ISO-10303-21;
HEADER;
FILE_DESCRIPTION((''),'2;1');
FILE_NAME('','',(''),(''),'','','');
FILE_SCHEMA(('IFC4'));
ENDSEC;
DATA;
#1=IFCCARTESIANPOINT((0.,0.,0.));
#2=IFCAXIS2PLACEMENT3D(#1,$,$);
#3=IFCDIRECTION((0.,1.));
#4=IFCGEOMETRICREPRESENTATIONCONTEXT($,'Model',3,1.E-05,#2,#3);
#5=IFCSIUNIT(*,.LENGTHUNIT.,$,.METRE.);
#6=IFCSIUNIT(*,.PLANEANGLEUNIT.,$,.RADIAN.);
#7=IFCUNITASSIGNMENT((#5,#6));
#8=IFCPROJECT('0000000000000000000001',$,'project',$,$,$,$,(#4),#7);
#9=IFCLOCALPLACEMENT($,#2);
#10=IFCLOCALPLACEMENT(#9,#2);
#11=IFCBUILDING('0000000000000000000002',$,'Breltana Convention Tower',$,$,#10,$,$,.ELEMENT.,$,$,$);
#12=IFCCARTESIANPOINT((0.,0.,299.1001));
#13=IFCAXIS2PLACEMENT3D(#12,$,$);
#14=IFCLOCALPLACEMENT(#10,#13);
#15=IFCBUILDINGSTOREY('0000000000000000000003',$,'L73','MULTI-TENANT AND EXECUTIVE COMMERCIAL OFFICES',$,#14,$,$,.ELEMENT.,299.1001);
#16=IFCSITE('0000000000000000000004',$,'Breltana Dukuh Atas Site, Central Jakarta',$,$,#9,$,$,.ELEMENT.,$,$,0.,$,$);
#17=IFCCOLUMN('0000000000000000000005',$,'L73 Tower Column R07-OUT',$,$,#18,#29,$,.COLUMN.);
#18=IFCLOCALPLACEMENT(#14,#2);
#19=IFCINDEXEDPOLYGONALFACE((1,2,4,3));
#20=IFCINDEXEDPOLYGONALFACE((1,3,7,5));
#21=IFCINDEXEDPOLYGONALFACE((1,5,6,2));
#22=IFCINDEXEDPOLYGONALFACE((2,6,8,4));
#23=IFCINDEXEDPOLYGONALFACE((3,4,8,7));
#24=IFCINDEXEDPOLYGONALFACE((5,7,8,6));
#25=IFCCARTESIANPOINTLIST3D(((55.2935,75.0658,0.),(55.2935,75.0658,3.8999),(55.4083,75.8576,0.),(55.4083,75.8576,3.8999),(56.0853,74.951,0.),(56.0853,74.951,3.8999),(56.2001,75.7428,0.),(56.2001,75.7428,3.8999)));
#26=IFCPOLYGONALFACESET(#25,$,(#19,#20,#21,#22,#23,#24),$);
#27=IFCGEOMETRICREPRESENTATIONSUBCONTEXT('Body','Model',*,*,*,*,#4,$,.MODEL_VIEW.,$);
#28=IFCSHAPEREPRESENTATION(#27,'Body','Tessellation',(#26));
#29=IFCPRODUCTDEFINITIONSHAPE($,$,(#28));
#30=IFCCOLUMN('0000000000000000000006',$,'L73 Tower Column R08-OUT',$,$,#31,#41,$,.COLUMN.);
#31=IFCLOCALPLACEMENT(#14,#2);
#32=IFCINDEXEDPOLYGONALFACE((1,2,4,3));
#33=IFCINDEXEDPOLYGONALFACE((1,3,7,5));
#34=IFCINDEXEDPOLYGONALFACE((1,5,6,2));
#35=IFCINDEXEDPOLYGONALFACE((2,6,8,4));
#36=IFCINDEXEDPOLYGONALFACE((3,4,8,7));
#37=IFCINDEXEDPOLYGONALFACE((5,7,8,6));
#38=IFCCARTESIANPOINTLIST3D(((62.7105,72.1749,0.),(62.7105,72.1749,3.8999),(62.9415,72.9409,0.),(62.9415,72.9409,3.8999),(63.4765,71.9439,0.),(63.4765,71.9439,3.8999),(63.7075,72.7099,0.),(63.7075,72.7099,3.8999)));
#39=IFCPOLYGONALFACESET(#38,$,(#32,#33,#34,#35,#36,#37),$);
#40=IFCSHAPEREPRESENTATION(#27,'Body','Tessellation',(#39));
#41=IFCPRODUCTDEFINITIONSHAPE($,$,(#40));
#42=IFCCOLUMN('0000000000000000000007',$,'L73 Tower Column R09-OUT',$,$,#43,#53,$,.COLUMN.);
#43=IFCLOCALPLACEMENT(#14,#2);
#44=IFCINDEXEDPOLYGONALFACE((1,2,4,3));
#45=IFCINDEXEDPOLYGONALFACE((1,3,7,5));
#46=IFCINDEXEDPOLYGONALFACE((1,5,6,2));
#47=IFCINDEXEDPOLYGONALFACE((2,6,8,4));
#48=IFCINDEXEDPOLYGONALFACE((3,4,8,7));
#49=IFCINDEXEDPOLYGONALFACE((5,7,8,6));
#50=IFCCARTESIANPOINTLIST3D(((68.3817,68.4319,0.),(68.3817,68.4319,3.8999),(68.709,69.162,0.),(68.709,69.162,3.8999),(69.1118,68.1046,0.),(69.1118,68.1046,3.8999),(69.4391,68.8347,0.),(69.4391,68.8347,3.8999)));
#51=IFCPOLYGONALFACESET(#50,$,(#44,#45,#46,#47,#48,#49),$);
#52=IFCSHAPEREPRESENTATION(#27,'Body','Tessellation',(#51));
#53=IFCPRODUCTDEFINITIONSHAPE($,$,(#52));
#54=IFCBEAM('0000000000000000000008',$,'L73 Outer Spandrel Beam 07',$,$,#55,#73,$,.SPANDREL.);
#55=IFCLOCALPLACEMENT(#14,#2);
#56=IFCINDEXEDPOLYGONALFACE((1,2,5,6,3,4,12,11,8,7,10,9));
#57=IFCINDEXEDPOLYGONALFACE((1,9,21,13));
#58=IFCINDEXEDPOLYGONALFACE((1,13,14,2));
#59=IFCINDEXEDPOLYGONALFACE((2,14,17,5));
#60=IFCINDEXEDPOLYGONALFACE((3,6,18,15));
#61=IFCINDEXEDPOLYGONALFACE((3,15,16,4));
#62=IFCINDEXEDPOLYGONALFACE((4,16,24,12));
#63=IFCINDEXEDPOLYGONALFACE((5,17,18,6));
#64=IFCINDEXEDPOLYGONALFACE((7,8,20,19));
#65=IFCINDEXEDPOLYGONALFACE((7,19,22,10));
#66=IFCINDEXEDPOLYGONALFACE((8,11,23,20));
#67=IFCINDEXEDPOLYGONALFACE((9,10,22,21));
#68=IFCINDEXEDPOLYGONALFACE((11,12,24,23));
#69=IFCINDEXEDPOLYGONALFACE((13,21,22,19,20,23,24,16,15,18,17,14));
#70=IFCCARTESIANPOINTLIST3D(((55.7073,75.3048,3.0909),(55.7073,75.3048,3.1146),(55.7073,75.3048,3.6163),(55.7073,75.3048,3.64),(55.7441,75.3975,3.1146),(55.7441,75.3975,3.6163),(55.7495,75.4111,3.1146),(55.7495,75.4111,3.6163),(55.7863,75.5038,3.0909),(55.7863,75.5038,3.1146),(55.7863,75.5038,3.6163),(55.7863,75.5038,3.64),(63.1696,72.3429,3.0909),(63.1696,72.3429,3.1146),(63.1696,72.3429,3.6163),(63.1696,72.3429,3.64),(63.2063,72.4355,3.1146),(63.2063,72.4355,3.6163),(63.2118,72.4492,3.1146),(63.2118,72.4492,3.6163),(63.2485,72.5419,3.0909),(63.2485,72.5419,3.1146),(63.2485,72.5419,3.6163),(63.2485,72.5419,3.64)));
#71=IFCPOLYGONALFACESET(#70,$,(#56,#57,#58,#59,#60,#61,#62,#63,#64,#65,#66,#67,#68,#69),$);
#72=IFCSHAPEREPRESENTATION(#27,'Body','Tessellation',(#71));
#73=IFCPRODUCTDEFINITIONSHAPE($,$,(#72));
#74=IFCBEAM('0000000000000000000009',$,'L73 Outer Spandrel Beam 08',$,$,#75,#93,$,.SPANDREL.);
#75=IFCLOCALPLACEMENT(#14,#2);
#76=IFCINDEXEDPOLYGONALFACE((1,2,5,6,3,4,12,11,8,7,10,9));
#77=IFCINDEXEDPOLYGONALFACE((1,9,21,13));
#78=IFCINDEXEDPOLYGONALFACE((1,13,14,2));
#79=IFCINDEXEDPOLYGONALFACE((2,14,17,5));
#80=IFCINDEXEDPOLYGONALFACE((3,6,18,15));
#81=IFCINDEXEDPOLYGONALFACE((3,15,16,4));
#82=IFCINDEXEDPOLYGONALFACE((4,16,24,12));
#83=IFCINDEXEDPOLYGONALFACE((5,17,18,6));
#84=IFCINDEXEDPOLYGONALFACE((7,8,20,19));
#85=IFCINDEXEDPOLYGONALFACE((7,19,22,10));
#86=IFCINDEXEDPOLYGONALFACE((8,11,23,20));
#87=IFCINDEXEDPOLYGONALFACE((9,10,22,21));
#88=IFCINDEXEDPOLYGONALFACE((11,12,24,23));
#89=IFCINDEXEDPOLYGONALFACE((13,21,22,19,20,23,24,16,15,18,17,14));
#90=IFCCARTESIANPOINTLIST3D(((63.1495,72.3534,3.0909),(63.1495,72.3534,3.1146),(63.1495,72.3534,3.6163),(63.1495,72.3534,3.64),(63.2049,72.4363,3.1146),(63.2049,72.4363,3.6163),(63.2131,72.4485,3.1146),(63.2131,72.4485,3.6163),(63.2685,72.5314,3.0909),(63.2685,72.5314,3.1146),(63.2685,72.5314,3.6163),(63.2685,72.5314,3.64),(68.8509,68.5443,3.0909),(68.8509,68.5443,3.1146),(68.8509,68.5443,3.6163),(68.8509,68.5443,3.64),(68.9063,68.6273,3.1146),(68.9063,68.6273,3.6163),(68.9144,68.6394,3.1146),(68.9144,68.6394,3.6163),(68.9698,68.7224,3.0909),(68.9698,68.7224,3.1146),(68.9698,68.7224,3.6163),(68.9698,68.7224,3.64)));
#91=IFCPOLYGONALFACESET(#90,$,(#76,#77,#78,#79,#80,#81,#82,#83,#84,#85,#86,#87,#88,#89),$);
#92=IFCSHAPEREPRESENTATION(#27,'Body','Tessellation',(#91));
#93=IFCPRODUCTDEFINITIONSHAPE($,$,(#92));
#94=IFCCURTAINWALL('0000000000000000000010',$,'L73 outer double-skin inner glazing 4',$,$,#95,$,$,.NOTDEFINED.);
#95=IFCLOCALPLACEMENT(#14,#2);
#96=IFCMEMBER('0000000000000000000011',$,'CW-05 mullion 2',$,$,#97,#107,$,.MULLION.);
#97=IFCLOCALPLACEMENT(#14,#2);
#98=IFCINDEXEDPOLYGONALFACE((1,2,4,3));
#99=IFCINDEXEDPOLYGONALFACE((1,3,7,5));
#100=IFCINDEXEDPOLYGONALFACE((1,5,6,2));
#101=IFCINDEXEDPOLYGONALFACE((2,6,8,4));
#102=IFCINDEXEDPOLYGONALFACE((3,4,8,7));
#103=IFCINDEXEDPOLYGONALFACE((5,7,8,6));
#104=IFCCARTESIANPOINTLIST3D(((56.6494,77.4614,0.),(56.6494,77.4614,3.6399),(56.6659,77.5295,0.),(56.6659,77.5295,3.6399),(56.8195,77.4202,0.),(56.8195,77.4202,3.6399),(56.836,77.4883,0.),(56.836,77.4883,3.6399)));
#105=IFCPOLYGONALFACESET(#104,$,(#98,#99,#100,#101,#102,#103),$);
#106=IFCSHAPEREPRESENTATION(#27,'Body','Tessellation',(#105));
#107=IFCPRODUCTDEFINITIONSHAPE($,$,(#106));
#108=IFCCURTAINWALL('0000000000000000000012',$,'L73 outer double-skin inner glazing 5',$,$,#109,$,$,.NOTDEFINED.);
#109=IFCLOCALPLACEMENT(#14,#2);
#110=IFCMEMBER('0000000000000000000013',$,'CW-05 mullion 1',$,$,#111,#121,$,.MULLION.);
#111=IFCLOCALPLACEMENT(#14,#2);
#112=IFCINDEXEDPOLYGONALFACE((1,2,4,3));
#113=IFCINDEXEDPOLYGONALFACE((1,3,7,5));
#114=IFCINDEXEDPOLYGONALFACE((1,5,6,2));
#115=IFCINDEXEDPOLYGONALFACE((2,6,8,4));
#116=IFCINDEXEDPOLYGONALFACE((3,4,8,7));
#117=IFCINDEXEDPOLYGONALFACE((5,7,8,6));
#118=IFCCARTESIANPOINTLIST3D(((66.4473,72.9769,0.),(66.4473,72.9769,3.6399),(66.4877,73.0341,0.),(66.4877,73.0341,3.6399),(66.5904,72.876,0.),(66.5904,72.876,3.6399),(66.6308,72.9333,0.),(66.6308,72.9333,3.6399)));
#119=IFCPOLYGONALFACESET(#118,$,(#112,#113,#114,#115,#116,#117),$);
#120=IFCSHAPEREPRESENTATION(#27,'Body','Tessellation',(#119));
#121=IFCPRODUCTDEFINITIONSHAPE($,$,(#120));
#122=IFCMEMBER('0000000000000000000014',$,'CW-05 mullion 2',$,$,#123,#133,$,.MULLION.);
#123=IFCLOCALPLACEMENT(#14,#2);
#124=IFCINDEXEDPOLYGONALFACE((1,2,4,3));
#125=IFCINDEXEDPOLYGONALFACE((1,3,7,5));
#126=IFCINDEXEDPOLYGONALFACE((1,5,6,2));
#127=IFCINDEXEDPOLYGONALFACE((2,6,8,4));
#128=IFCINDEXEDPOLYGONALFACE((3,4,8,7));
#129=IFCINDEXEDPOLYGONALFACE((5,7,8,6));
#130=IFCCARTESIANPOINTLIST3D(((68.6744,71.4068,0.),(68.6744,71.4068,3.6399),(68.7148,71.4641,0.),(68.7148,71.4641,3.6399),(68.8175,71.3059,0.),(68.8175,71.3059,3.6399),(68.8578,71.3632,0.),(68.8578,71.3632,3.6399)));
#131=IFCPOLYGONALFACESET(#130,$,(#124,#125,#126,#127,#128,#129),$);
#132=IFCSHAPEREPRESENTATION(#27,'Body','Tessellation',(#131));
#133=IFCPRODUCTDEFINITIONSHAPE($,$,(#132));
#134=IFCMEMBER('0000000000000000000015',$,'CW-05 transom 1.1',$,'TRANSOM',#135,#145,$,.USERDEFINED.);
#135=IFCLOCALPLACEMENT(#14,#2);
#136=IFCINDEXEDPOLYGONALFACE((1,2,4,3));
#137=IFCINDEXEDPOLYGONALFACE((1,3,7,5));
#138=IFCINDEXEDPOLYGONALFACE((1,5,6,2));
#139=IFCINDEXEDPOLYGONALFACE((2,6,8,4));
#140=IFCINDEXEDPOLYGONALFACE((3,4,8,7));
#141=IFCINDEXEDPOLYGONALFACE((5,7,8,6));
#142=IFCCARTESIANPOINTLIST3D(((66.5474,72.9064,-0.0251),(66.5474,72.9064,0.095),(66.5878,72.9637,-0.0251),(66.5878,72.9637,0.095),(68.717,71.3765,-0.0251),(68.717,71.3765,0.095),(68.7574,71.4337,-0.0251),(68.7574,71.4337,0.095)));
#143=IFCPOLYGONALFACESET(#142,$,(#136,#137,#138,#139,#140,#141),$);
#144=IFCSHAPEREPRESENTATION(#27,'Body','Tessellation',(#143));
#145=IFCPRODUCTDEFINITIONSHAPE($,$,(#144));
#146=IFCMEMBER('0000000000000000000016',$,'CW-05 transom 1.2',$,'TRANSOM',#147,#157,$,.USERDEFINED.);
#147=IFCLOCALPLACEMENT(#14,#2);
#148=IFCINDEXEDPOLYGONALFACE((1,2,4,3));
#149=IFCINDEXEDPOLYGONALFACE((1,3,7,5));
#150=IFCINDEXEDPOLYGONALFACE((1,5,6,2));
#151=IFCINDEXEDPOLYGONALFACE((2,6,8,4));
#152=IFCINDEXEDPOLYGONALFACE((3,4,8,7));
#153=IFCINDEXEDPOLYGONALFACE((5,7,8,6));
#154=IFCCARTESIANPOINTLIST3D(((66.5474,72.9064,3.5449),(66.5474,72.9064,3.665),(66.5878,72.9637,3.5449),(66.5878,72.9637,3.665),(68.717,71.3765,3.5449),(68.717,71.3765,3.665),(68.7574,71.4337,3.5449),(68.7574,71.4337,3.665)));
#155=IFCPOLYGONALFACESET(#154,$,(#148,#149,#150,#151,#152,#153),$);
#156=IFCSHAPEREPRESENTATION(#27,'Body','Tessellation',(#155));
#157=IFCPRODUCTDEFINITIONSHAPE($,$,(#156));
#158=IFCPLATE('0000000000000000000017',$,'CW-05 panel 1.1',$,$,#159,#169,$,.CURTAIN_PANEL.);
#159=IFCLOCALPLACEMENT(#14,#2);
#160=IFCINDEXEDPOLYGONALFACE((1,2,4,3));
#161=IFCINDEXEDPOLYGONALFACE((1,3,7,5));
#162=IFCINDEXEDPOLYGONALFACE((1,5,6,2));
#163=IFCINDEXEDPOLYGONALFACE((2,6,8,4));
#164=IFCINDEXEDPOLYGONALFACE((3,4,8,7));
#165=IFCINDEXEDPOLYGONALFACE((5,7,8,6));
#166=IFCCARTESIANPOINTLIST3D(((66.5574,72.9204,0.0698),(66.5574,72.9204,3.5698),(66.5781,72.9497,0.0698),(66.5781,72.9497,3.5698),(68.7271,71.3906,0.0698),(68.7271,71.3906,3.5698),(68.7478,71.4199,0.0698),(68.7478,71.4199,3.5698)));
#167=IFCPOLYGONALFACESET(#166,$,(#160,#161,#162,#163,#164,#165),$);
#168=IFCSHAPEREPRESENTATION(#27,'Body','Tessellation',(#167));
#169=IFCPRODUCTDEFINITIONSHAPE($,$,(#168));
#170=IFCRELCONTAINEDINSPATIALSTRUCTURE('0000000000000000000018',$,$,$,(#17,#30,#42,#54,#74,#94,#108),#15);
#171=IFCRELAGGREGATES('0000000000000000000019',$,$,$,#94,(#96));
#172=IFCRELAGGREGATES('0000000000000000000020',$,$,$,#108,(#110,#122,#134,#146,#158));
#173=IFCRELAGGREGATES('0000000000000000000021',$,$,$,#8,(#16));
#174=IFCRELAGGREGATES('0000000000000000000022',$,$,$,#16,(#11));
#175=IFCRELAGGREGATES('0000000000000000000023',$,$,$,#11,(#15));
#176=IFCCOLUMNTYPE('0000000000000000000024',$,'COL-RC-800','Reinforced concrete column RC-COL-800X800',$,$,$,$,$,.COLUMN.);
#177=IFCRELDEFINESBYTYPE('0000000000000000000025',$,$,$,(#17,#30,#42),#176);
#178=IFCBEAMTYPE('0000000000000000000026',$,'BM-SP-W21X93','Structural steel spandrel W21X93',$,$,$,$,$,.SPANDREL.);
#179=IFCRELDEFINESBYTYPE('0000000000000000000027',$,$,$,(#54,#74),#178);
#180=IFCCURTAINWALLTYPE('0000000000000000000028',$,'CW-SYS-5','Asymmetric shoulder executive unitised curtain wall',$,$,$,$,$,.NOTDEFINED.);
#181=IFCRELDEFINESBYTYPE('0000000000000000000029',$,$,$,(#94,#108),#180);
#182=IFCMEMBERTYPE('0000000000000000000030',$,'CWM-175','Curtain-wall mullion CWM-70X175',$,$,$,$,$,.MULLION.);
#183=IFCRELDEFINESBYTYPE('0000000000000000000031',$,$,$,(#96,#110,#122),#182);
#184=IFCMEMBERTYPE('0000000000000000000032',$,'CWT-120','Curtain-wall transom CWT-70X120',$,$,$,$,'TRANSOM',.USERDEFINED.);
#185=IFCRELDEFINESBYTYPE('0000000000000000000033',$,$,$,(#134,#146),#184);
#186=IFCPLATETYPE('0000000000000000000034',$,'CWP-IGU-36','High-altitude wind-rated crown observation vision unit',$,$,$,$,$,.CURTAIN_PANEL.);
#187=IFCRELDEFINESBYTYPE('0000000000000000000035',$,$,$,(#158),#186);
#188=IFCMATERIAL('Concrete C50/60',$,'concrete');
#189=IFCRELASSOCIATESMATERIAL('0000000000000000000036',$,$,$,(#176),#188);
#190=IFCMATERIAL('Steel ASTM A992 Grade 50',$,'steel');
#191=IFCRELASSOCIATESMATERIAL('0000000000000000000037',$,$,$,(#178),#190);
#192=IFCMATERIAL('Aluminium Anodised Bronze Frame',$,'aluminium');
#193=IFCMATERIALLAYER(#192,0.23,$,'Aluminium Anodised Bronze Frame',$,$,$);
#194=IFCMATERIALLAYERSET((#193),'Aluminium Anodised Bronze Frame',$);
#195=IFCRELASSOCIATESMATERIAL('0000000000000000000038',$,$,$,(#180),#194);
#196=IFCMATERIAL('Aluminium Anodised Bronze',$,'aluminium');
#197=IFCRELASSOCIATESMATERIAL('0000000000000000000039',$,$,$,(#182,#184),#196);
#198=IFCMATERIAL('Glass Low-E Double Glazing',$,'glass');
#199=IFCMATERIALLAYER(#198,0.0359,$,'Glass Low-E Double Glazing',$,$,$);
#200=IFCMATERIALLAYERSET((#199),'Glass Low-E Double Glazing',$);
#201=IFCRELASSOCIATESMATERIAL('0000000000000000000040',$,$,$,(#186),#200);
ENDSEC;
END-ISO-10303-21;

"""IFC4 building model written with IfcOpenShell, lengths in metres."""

from ifc_helpers import new_model, si_unit, direction, frame, origin, origin_2d, place, context, subcontext, project, spatial, rectangle, i_section, extrude, source, transform, mapped, material, layer, layer_set, material_profile, profile_set, type_object, element, aggregate, save


model = new_model("IFC4")

# Units and contexts
model_context = context("Model", 3, precision=1e-05, world=origin(), true_north=direction((0.0, 1.0)))
body_context = subcontext(model_context, "Body", "Model", "MODEL_VIEW")
ifc_project = project(units=[si_unit("LENGTHUNIT", "METRE"), si_unit("PLANEANGLEUNIT", "RADIAN")], contexts=[model_context])

# Site, building, storey
site_placement = place(None, origin())
site = spatial("IfcSite", under=ifc_project, at=site_placement, Name="Breltana Dukuh Atas Site, Central Jakarta", CompositionType="ELEMENT", RefElevation=0.0)
building_placement = place(site_placement, origin())
building = spatial("IfcBuilding", under=site, at=building_placement, Name="Breltana Convention Tower", CompositionType="ELEMENT")
storey_placement = place(building_placement, frame((0.0, 0.0, 299.1001)))
storey = spatial("IfcBuildingStorey", under=building, at=storey_placement, Name="L73", Description="MULTI-TENANT AND EXECUTIVE COMMERCIAL OFFICES", CompositionType="ELEMENT", Elevation=299.1001)

# Columns
ifc_material_1 = material(Name="Concrete C50/60", Category="concrete")
ifc_material_profile_1 = material_profile(ifc_material_1, rectangle(XDim=0.8, YDim=0.8, at=origin_2d()), Name="RC-COL-800X800")
ifc_profile_set_1 = profile_set([ifc_material_profile_1], Name="Concrete C50/60")
column_type = type_object("IfcColumnType", Name="COL-RC-800", Description="Reinforced concrete column RC-COL-800X800", PredefinedType="COLUMN", material=ifc_profile_set_1)
shared_shape_1 = source(origin(), body_context, "Body", "SweptSolid", [
    extrude(rectangle(XDim=0.8, YDim=0.8, at=origin_2d()), origin(), (0.0, 0.0, 1.0), 3.8999),
])
for number, where, z_axis, x_axis, name in (
    (1, (55.7468, 75.4043, 0.0), (0.0, 0.0, 1.0), (0.143493, 0.989651, 0.0), "L73 Tower Column R07-OUT"),
    (2, (63.209, 72.4424, 0.0), (0.0, 0.0, 1.0), (0.288698, 0.95742, 0.0), "L73 Tower Column R08-OUT"),
    (3, (68.9104, 68.6333, 0.0), (0.0, 0.0, 1.0), (0.409127, 0.912477, 0.0), "L73 Tower Column R09-OUT"),
):
    element("IfcColumn", number, at=place(storey_placement, frame(where, z_axis=z_axis, x_axis=x_axis)), inside=storey, type_object=column_type, Name=name, PredefinedType="COLUMN", context=body_context, shape_type="MappedRepresentation", body=[
        mapped(shared_shape_1, transform((0.0, 0.0, 0.0), scale=1.0)),
    ])

# Beams
ifc_material_2 = material(Name="Steel ASTM A992 Grade 50", Category="steel")
ifc_material_profile_2 = material_profile(ifc_material_2, i_section(OverallWidth=0.2141, OverallDepth=0.5491, WebThickness=0.0146, FlangeThickness=0.0237, at=origin_2d()), Name="W21X93")
ifc_profile_set_2 = profile_set([ifc_material_profile_2], Name="Steel ASTM A992 Grade 50")
beam_type = type_object("IfcBeamType", Name="BM-SP-W21X93", Description="Structural steel spandrel W21X93", PredefinedType="SPANDREL", material=ifc_profile_set_2)
shared_shape_2 = source(origin(), body_context, "Body", "SweptSolid", [
    extrude(i_section(OverallWidth=0.2141, OverallDepth=0.5491, WebThickness=0.0146, FlangeThickness=0.0237, at=origin_2d()), origin(), (0.0, 0.0, 1.0), 8.0286),
])
beam_1_placement = place(storey_placement, frame((55.7468, 75.4043, 3.3655), z_axis=(0.929459, -0.368925, 0.0), x_axis=(0.368925, 0.929459, 0.0)))
element("IfcBeam", 4, at=beam_1_placement, inside=storey, type_object=beam_type, Name="L73 Outer Spandrel Beam 07", PredefinedType="SPANDREL", context=body_context, shape_type="MappedRepresentation", body=[
    mapped(shared_shape_2, transform((0.0, 0.0, 0.0), scale=1.0)),
])
shared_shape_3 = source(origin(), body_context, "Body", "SweptSolid", [
    extrude(i_section(OverallWidth=0.2141, OverallDepth=0.5491, WebThickness=0.0146, FlangeThickness=0.0237, at=origin_2d()), origin(), (0.0, 0.0, 1.0), 6.8567),
])
beam_2_placement = place(storey_placement, frame((63.209, 72.4424, 3.3655), z_axis=(0.831502, -0.555522, 0.0), x_axis=(0.555522, 0.831502, 0.0)))
element("IfcBeam", 5, at=beam_2_placement, inside=storey, type_object=beam_type, Name="L73 Outer Spandrel Beam 08", PredefinedType="SPANDREL", context=body_context, shape_type="MappedRepresentation", body=[
    mapped(shared_shape_3, transform((0.0, 0.0, 0.0), scale=1.0)),
])

# Curtain wall, member
ifc_material_3 = material(Name="Aluminium Anodised Bronze Frame", Category="aluminium")
ifc_layer_1 = layer(ifc_material_3, 0.23, Name="Aluminium Anodised Bronze Frame")
ifc_layer_set_1 = layer_set([ifc_layer_1], Name="Aluminium Anodised Bronze Frame")
curtain_wall_type = type_object("IfcCurtainWallType", Name="CW-SYS-5", Description="Asymmetric shoulder executive unitised curtain wall", PredefinedType="NOTDEFINED", material=ifc_layer_set_1)
curtain_wall_1_placement = place(storey_placement, origin())
curtain_wall_1 = element("IfcCurtainWall", 6, at=curtain_wall_1_placement, inside=storey, type_object=curtain_wall_type, Name="L73 outer double-skin inner glazing 4", PredefinedType="NOTDEFINED")
ifc_material_4 = material(Name="Aluminium Anodised Bronze", Category="aluminium")
ifc_material_profile_3 = material_profile(ifc_material_4, rectangle(XDim=0.0701, YDim=0.175, at=origin_2d()), Name="CWM-70X175")
ifc_profile_set_3 = profile_set([ifc_material_profile_3], Name="Aluminium Anodised Bronze")
member_type_1 = type_object("IfcMemberType", Name="CWM-175", Description="Curtain-wall mullion CWM-70X175", PredefinedType="MULLION", material=ifc_profile_set_3)
shared_shape_4 = source(origin(), body_context, "Body", "SweptSolid", [
    extrude(rectangle(XDim=0.0701, YDim=0.175, at=origin_2d()), origin(), (0.0, 0.0, 1.0), 3.6399),
])
member_1_placement = place(storey_placement, frame((56.7427, 77.4749, 0.0), z_axis=(0.0, 0.0, 1.0), x_axis=(0.235518, 0.97187, 0.0)))
member_1 = element("IfcMember", 7, at=member_1_placement, type_object=member_type_1, Name="CW-05 mullion 2", PredefinedType="MULLION", context=body_context, shape_type="MappedRepresentation", body=[
    mapped(shared_shape_4, transform((0.0, 0.0, 0.0), scale=1.0)),
])
aggregate(curtain_wall_1, [member_1])

# Curtain wall, members, plate
curtain_wall_2_placement = place(storey_placement, origin())
curtain_wall_2 = element("IfcCurtainWall", 8, at=curtain_wall_2_placement, inside=storey, type_object=curtain_wall_type, Name="L73 outer double-skin inner glazing 5", PredefinedType="NOTDEFINED")
member_2_placement = place(storey_placement, frame((66.5391, 72.9551, 0.0), z_axis=(0.0, 0.0, 1.0), x_axis=(0.576235, 0.817284, 0.0)))
member_2 = element("IfcMember", 9, at=member_2_placement, type_object=member_type_1, Name="CW-05 mullion 1", PredefinedType="MULLION", context=body_context, shape_type="MappedRepresentation", body=[
    mapped(shared_shape_4, transform((0.0, 0.0, 0.0), scale=1.0)),
])
member_3_placement = place(storey_placement, frame((68.7661, 71.385, 0.0), z_axis=(0.0, 0.0, 1.0), x_axis=(0.576235, 0.817284, 0.0)))
member_3 = element("IfcMember", 10, at=member_3_placement, type_object=member_type_1, Name="CW-05 mullion 2", PredefinedType="MULLION", context=body_context, shape_type="MappedRepresentation", body=[
    mapped(shared_shape_4, transform((0.0, 0.0, 0.0), scale=1.0)),
])
ifc_material_profile_4 = material_profile(ifc_material_4, rectangle(XDim=0.0701, YDim=0.1201, at=origin_2d()), Name="CWT-70X120")
ifc_profile_set_4 = profile_set([ifc_material_profile_4], Name="Aluminium Anodised Bronze")
member_type_2 = type_object("IfcMemberType", Name="CWT-120", Description="Curtain-wall transom CWT-70X120", ElementType="TRANSOM", PredefinedType="USERDEFINED", material=ifc_profile_set_4)
shared_shape_5 = source(origin(), body_context, "Body", "SweptSolid", [
    extrude(rectangle(XDim=0.0701, YDim=0.1201, at=origin_2d()), origin(), (0.0, 0.0, 1.0), 2.6548),
])
member_4_placement = place(storey_placement, frame((66.5676, 72.9351, 0.0349), z_axis=(0.817235, -0.576304, 0.0), x_axis=(0.576304, 0.817235, 0.0)))
member_4 = element("IfcMember", 11, at=member_4_placement, type_object=member_type_2, Name="CW-05 transom 1.1", ObjectType="TRANSOM", PredefinedType="USERDEFINED", context=body_context, shape_type="MappedRepresentation", body=[
    mapped(shared_shape_5, transform((0.0, 0.0, 0.0), scale=1.0)),
])
member_5_placement = place(storey_placement, frame((66.5676, 72.9351, 3.605), z_axis=(0.817235, -0.576304, 0.0), x_axis=(0.576304, 0.817235, 0.0)))
member_5 = element("IfcMember", 12, at=member_5_placement, type_object=member_type_2, Name="CW-05 transom 1.2", ObjectType="TRANSOM", PredefinedType="USERDEFINED", context=body_context, shape_type="MappedRepresentation", body=[
    mapped(shared_shape_5, transform((0.0, 0.0, 0.0), scale=1.0)),
])
ifc_material_5 = material(Name="Glass Low-E Double Glazing", Category="glass")
ifc_layer_2 = layer(ifc_material_5, 0.0359, Name="Glass Low-E Double Glazing")
ifc_layer_set_2 = layer_set([ifc_layer_2], Name="Glass Low-E Double Glazing")
plate_type = type_object("IfcPlateType", Name="CWP-IGU-36", Description="High-altitude wind-rated crown observation vision unit", PredefinedType="CURTAIN_PANEL", material=ifc_layer_set_2)
shared_shape_6 = source(origin(), body_context, "Body", "SweptSolid", [
    extrude(rectangle(XDim=2.6548, YDim=0.0359, at=origin_2d()), origin(), (0.0, 0.0, 1.0), 3.5),
])
plate_placement = place(storey_placement, frame((67.6526, 72.1702, 0.0698), z_axis=(0.0, 0.0, 1.0), x_axis=(0.817284, -0.576235, 0.0)))
plate = element("IfcPlate", 13, at=plate_placement, type_object=plate_type, Name="CW-05 panel 1.1", PredefinedType="CURTAIN_PANEL", context=body_context, shape_type="MappedRepresentation", body=[
    mapped(shared_shape_6, transform((0.0, 0.0, 0.0), scale=1.0)),
])
aggregate(curtain_wall_2, [member_2, member_3, member_4, member_5, plate])

save(model, "model.ifc")
